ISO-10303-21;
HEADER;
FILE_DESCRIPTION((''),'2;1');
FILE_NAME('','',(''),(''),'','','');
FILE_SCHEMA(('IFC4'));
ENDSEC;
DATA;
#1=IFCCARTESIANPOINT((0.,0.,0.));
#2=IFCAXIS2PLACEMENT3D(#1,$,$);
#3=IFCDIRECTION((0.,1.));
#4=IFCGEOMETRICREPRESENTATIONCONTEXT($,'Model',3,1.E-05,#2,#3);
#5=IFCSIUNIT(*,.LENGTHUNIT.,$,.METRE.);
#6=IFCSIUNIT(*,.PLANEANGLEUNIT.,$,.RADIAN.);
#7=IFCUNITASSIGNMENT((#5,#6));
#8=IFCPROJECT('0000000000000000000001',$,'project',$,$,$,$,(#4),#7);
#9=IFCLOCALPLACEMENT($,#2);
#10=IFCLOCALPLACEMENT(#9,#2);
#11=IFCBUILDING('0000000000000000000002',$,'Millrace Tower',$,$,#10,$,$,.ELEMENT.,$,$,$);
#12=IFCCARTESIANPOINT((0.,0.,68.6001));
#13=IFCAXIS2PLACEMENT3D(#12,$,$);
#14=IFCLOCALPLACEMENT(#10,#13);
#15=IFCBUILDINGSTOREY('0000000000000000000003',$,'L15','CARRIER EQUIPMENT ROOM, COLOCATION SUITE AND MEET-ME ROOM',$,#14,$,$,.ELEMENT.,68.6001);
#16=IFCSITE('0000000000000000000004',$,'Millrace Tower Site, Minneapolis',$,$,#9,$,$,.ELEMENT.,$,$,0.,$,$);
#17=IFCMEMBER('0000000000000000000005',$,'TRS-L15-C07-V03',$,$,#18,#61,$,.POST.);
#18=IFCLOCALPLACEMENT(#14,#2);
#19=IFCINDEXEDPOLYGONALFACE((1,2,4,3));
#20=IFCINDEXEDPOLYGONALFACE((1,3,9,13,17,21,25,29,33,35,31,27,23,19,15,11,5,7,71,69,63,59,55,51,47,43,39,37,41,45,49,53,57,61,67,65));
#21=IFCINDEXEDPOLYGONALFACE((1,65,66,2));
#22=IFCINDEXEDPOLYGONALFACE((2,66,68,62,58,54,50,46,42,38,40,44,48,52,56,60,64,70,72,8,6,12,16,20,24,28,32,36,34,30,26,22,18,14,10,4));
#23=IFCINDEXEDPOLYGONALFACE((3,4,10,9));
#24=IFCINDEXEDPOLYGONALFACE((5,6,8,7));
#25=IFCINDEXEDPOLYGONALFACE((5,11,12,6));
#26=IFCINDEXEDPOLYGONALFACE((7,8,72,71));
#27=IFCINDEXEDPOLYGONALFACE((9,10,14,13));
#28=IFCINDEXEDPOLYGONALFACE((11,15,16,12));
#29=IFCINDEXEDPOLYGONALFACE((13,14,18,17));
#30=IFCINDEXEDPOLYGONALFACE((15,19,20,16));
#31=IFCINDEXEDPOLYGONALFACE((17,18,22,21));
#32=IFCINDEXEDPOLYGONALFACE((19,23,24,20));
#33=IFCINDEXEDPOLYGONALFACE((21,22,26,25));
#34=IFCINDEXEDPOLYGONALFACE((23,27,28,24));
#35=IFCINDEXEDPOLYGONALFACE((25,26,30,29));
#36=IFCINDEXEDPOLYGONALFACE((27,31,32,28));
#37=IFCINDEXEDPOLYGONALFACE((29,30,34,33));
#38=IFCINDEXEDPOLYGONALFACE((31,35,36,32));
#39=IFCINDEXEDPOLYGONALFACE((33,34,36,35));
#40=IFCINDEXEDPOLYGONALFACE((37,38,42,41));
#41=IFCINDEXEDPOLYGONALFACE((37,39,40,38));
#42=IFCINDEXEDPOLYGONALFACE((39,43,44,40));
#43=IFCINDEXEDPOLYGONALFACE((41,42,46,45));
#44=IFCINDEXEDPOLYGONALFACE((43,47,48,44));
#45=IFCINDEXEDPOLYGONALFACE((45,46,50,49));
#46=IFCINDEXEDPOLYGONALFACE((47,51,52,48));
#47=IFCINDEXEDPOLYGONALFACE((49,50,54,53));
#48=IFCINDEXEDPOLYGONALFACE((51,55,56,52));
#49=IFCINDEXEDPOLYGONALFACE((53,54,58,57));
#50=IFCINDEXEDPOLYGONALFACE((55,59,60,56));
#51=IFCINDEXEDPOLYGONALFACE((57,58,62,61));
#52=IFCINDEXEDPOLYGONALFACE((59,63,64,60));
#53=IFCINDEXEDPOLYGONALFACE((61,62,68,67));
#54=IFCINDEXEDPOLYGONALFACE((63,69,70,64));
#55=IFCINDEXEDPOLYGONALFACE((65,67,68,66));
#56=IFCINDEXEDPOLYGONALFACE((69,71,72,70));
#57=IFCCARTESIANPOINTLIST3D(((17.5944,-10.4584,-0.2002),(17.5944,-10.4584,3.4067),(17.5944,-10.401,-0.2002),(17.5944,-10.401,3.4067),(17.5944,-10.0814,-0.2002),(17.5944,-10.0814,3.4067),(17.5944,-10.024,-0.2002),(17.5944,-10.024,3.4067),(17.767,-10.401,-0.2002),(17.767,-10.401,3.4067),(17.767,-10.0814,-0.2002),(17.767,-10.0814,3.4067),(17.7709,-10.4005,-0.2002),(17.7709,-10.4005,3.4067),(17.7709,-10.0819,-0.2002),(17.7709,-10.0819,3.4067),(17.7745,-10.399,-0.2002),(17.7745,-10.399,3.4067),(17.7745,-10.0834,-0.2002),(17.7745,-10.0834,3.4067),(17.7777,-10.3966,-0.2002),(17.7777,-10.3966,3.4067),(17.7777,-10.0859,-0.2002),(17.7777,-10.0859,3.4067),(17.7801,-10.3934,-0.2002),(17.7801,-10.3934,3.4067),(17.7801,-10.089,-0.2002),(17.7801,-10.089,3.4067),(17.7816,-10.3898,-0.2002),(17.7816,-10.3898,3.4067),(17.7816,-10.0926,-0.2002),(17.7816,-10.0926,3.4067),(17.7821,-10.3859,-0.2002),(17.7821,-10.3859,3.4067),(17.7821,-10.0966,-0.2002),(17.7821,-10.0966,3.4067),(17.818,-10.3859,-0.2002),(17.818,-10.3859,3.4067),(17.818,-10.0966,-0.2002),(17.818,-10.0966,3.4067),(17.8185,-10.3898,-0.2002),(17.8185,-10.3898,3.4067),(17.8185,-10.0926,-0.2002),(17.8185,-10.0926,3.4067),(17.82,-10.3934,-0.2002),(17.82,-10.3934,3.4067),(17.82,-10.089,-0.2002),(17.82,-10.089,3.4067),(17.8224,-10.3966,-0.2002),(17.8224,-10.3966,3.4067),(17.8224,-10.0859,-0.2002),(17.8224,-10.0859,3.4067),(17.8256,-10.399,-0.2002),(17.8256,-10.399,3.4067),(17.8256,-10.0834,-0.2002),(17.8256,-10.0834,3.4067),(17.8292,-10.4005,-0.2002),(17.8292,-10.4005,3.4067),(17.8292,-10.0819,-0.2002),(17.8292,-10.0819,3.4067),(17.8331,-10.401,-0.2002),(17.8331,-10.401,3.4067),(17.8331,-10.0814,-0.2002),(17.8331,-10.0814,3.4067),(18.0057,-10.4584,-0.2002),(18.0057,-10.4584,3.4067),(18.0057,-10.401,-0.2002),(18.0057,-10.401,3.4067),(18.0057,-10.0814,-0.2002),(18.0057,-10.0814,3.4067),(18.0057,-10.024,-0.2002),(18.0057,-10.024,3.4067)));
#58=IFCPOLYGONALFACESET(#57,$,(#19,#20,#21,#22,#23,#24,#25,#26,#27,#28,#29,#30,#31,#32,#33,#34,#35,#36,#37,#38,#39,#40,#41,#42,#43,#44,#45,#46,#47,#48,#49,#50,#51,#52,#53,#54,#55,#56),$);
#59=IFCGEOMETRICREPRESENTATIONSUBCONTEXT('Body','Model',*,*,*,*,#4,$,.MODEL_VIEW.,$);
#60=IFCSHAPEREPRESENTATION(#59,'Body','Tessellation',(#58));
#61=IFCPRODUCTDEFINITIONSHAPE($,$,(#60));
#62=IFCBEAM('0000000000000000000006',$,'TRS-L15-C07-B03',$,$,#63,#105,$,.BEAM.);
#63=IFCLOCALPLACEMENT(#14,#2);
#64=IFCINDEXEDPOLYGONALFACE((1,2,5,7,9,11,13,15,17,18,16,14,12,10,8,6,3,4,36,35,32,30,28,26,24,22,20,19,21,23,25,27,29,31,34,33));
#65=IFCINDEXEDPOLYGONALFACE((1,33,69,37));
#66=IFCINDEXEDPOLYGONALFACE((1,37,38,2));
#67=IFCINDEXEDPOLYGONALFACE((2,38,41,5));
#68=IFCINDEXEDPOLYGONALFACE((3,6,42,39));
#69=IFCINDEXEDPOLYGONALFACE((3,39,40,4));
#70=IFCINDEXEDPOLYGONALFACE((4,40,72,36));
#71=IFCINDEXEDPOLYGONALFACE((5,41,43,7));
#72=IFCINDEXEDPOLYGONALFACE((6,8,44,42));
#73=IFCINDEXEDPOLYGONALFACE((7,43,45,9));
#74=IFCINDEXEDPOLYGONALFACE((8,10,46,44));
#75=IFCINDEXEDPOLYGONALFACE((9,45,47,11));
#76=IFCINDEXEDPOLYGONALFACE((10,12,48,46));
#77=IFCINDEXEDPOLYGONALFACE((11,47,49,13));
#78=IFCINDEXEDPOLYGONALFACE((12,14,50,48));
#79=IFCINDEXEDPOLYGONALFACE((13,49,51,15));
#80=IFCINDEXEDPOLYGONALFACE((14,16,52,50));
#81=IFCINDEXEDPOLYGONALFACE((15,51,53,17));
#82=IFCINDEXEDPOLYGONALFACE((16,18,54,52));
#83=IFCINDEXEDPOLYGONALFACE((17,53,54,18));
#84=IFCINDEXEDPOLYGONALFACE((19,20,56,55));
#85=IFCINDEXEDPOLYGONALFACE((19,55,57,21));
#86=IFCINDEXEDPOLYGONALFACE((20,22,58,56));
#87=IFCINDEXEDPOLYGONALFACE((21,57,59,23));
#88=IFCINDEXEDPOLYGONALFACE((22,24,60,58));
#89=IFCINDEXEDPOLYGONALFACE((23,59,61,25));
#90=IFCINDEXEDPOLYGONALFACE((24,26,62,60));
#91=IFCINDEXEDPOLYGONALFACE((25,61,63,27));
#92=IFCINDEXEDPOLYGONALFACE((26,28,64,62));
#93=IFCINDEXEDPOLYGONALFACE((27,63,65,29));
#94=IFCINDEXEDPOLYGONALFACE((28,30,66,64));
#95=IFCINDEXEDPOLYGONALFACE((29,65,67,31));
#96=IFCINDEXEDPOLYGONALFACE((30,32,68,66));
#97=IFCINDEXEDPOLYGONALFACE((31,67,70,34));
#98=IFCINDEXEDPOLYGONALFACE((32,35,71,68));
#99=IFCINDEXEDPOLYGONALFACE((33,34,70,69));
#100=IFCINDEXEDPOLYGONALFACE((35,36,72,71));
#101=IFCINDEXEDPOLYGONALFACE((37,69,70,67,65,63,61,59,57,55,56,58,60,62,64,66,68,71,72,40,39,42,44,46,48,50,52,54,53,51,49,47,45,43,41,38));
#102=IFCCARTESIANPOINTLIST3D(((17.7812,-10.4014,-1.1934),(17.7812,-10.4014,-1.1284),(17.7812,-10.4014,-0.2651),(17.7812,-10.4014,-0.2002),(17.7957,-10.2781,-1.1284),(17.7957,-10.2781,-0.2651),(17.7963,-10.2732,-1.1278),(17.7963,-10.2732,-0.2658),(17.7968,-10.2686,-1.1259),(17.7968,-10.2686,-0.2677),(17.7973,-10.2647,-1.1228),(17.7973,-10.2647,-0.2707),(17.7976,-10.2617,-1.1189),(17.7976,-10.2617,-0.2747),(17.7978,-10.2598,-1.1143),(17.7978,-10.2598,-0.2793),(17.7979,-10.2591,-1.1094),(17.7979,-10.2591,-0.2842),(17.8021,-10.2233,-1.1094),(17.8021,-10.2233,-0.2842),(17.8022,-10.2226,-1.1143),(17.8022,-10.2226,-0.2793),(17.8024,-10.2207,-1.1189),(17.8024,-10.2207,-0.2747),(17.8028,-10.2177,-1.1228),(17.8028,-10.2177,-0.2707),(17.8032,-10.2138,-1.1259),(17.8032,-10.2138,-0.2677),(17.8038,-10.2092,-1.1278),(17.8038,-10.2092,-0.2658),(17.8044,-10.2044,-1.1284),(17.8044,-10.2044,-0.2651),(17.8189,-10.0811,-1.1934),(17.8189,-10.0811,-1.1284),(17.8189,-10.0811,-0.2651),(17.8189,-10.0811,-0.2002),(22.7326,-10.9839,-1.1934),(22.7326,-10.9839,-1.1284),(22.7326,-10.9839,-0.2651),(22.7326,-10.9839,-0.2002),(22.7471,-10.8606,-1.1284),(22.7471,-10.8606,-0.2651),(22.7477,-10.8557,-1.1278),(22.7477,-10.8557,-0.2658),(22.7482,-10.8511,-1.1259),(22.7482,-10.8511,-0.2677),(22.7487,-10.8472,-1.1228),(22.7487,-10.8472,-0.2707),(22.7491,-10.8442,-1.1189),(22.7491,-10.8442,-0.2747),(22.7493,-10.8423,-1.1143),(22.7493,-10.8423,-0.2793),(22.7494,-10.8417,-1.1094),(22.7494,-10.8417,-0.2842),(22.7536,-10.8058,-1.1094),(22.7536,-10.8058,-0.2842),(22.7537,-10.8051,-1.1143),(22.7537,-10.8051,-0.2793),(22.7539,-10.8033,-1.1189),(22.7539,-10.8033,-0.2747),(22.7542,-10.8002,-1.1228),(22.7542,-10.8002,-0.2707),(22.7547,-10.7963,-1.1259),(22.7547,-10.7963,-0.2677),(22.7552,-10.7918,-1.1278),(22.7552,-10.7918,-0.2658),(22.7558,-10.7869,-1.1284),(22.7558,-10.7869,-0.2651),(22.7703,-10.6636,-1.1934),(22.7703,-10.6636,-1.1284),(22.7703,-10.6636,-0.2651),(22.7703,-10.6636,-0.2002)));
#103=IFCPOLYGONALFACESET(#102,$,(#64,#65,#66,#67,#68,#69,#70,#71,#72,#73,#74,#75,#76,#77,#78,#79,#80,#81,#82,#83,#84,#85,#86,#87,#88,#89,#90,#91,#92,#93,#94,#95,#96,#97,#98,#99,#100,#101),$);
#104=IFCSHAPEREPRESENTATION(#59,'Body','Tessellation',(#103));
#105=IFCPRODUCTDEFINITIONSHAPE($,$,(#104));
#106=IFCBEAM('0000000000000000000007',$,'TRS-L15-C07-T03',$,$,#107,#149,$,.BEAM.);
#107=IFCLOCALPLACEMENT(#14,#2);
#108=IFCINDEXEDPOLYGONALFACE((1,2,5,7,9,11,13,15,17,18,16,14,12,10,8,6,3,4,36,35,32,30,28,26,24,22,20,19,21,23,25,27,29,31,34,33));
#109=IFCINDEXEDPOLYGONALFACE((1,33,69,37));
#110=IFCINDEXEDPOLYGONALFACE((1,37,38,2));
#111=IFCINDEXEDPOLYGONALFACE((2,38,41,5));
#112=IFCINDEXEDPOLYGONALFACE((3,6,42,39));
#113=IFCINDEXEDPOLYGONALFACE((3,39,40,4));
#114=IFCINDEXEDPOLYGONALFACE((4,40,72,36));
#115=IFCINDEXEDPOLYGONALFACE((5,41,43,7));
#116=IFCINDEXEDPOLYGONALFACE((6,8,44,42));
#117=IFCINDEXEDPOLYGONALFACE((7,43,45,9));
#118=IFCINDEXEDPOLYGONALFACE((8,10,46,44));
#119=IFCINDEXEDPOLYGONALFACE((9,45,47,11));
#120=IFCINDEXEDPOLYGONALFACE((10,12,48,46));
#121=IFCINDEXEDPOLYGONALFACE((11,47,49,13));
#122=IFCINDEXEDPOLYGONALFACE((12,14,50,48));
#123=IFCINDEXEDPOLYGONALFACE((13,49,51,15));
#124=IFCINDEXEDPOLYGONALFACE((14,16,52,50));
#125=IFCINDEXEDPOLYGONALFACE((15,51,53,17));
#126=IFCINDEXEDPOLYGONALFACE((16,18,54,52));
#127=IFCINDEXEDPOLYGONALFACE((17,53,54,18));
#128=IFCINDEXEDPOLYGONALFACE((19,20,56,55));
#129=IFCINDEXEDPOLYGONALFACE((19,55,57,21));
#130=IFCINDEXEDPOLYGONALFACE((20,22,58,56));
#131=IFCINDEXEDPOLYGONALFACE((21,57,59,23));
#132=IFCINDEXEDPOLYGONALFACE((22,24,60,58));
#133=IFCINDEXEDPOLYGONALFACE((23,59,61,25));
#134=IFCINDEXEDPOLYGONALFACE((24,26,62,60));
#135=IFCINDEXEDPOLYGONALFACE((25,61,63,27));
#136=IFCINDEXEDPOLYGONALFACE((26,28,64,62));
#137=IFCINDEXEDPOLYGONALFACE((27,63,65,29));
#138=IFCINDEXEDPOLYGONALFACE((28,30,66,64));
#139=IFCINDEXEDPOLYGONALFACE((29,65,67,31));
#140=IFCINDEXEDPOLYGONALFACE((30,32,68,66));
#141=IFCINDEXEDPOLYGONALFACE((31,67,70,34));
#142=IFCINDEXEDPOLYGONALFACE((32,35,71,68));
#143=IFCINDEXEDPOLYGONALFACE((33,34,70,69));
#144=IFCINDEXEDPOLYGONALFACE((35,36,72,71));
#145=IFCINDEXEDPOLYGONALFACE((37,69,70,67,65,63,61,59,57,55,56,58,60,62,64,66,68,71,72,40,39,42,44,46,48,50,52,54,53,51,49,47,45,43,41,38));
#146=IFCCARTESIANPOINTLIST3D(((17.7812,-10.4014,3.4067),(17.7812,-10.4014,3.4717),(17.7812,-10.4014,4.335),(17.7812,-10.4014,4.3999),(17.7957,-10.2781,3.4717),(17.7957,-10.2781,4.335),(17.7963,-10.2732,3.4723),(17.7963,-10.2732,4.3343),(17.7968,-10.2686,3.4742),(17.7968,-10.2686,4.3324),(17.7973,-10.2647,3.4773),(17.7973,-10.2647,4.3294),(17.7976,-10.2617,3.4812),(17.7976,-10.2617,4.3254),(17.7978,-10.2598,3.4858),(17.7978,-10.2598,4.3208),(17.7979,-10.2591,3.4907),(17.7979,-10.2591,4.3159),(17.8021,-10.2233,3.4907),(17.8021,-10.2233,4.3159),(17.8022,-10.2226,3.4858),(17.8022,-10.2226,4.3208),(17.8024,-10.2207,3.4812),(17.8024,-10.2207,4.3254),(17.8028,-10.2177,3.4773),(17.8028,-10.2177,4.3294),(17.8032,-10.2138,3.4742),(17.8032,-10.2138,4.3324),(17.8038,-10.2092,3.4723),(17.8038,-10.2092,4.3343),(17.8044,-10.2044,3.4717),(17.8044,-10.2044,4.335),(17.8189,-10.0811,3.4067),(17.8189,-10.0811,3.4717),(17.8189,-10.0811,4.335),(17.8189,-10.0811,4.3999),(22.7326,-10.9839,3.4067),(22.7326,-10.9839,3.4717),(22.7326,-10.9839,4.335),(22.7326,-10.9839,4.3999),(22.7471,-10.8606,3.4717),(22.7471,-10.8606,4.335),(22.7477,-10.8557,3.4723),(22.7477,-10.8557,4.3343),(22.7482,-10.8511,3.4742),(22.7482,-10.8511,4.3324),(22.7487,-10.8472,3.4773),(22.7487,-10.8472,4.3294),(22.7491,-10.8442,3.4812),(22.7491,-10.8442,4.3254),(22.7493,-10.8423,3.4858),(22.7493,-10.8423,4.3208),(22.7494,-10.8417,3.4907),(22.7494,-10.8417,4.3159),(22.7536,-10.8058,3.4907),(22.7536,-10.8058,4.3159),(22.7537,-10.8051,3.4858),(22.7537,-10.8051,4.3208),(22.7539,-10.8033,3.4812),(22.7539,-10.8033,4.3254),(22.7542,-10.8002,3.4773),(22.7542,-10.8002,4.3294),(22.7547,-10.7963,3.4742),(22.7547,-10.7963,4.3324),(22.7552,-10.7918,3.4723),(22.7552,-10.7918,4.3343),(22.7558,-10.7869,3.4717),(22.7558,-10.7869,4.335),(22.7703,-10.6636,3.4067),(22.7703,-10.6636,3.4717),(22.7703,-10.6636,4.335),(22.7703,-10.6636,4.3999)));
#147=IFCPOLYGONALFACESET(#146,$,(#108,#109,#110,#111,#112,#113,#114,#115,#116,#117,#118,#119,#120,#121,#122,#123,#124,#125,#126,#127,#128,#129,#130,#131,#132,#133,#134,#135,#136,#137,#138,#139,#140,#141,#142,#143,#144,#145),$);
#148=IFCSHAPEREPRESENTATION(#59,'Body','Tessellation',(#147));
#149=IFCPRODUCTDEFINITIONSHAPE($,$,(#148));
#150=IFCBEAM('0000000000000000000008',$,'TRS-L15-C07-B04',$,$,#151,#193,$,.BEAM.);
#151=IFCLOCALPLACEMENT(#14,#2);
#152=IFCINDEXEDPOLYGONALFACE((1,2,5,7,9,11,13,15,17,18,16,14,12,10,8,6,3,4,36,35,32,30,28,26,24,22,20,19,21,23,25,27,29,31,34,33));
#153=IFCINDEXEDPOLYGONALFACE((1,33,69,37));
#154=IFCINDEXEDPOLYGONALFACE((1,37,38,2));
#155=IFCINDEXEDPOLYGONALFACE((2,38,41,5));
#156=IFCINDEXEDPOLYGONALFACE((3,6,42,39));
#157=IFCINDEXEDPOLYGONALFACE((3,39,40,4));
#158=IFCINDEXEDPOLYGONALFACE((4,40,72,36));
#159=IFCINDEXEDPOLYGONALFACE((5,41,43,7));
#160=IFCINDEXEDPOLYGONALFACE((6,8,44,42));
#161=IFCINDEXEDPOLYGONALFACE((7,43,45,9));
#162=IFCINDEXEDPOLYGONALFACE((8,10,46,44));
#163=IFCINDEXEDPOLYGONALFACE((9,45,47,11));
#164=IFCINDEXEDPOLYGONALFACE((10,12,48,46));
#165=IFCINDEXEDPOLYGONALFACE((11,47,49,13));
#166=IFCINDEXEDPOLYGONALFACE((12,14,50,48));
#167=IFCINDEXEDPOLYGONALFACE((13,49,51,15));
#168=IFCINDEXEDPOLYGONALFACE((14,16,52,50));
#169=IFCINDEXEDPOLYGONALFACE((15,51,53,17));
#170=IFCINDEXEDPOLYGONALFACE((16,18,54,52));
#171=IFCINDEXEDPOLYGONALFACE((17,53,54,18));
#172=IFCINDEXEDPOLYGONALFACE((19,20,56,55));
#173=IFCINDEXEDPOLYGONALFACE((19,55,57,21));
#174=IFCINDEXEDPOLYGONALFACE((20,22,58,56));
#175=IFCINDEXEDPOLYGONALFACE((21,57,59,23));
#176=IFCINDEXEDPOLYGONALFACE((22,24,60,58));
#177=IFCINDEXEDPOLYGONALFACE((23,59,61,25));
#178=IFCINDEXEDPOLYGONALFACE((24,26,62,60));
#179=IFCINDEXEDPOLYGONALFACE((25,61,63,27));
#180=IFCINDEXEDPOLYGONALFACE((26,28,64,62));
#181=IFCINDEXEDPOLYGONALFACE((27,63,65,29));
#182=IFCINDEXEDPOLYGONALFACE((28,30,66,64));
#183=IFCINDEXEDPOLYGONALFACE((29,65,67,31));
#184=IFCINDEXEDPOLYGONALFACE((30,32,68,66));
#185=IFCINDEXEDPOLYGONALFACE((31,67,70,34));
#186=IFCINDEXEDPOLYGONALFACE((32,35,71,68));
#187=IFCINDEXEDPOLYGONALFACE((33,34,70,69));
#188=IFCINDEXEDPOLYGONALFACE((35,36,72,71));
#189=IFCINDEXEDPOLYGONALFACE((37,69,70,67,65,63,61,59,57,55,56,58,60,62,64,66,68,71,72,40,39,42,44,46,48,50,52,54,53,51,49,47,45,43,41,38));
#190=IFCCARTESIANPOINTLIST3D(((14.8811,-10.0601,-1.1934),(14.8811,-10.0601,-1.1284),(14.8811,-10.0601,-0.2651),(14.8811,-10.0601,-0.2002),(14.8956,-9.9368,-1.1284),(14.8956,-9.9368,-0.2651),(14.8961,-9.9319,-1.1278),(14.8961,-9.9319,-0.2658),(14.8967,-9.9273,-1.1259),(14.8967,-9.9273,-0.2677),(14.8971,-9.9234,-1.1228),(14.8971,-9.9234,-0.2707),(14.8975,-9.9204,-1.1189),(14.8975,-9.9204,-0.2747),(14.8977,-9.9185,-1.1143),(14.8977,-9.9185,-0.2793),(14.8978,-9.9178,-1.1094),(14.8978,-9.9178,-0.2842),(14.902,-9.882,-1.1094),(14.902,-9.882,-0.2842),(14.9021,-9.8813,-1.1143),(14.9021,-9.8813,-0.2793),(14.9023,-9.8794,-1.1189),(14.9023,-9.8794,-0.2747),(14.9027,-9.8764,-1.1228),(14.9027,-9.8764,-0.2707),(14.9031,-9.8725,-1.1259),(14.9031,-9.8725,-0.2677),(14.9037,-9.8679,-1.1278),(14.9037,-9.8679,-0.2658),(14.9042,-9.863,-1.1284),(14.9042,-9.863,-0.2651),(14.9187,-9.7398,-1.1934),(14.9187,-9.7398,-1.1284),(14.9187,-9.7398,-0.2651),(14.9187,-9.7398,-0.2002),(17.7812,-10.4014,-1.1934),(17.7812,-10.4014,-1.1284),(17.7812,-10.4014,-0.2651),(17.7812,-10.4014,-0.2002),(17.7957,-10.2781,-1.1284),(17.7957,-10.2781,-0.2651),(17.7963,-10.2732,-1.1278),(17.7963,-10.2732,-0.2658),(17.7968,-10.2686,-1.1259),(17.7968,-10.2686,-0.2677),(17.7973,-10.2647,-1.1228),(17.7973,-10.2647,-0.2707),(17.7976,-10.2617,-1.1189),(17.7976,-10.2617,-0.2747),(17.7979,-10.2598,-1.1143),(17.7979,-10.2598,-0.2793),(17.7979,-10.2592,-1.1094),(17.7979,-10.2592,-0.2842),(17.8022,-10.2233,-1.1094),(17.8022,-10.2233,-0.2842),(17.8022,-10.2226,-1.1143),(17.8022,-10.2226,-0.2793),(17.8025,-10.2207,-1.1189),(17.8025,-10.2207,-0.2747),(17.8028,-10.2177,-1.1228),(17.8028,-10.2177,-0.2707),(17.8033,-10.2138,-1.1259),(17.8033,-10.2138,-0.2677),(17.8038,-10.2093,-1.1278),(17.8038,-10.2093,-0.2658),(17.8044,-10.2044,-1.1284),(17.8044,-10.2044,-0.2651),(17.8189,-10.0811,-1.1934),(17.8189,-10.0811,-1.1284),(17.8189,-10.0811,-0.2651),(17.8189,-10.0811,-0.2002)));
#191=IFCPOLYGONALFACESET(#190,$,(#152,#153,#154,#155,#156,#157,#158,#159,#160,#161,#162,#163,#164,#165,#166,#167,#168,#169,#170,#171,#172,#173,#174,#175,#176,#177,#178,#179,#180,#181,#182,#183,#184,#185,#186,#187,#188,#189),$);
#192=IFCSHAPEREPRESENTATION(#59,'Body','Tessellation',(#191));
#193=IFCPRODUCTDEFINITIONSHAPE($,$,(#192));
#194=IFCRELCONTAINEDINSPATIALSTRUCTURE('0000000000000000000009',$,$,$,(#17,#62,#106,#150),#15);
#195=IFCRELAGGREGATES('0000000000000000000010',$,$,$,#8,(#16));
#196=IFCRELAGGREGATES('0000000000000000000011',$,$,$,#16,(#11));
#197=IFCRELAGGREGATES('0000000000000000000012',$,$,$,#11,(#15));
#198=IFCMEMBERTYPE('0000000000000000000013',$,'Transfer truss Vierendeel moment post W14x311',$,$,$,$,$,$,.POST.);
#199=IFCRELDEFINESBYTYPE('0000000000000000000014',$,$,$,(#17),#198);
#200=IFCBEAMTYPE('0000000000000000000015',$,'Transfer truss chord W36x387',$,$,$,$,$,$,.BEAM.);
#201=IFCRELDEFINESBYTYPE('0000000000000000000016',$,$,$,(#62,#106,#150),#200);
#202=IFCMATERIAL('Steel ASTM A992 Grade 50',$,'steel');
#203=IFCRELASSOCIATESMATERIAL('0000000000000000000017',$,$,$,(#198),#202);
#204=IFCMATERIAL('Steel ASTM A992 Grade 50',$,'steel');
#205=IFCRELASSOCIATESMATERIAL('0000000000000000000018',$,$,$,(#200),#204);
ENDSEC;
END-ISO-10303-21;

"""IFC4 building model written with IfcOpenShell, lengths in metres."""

from ifc_helpers import new_model, si_unit, direction, frame, origin, origin_2d, place, context, subcontext, project, spatial, i_section, extrude, material, material_profile, profile_set, type_object, element, save


model = new_model("IFC4")

# Units and contexts
model_context = context("Model", 3, precision=1e-05, world=origin(), true_north=direction((0.0, 1.0)))
body_context = subcontext(model_context, "Body", "Model", "MODEL_VIEW")
ifc_project = project(units=[si_unit("LENGTHUNIT", "METRE"), si_unit("PLANEANGLEUNIT", "RADIAN")], contexts=[model_context])

# Site, building, storey
site_placement = place(None, origin())
site = spatial("IfcSite", under=ifc_project, at=site_placement, Name="Millrace Tower Site, Minneapolis", CompositionType="ELEMENT", RefElevation=0.0)
building_placement = place(site_placement, origin())
building = spatial("IfcBuilding", under=site, at=building_placement, Name="Millrace Tower", CompositionType="ELEMENT")
storey_placement = place(building_placement, frame((0.0, 0.0, 68.6001)))
storey = spatial("IfcBuildingStorey", under=building, at=storey_placement, Name="L15", Description="CARRIER EQUIPMENT ROOM, COLOCATION SUITE AND MEET-ME ROOM", CompositionType="ELEMENT", Elevation=68.6001)

# Member
ifc_material_1 = material(Name="Steel ASTM A992 Grade 50", Category="steel")
ifc_material_profile_1 = material_profile(ifc_material_1, i_section(OverallWidth=0.4114, OverallDepth=0.4343, WebThickness=0.0359, FlangeThickness=0.0574, FilletRadius=0.0151, at=origin_2d()))
ifc_profile_set_1 = profile_set([ifc_material_profile_1], Name="Steel ASTM A992 Grade 50")
member_type = type_object("IfcMemberType", Name="Transfer truss Vierendeel moment post W14x311", PredefinedType="POST", material=ifc_profile_set_1)
member_placement = place(storey_placement, frame((17.8, -10.2412, -0.2002), z_axis=(0.0, 0.0, 1.0), x_axis=(1.0, 0.0, 0.0)))
element("IfcMember", 1, at=member_placement, inside=storey, type_object=member_type, Name="TRS-L15-C07-V03", PredefinedType="POST", context=body_context, shape_type="SweptSolid", body=[
    extrude(i_section(OverallWidth=0.4114, OverallDepth=0.4343, WebThickness=0.0359, FlangeThickness=0.0574, FilletRadius=0.0151, at=origin_2d()), origin(), (0.0, 0.0, 1.0), 3.6069),
])

# Beams
ifc_material_2 = material(Name="Steel ASTM A992 Grade 50", Category="steel")
ifc_material_profile_2 = material_profile(ifc_material_2, i_section(OverallWidth=0.3225, OverallDepth=0.9932, WebThickness=0.0361, FlangeThickness=0.0649, FilletRadius=0.019, at=origin_2d()))
ifc_profile_set_2 = profile_set([ifc_material_profile_2], Name="Steel ASTM A992 Grade 50")
beam_type_1 = type_object("IfcBeamType", Name="Transfer truss chord W36x387", PredefinedType="BEAM", material=ifc_profile_set_2)
for number, where, z_axis, x_axis, name in (
    (2, (22.7515, -10.8237, -0.6968), (-0.993151, 0.116841, 0.0), (-0.116841, -0.993151, 0.0), "TRS-L15-C07-B03"),
    (3, (22.7515, -10.8237, 3.9033), (-0.993151, 0.116841, 0.0), (-0.116841, -0.993151, 0.0), "TRS-L15-C07-T03"),
):
    element("IfcBeam", number, at=place(storey_placement, frame(where, z_axis=z_axis, x_axis=x_axis)), inside=storey, type_object=beam_type_1, Name=name, PredefinedType="BEAM", context=body_context, shape_type="SweptSolid", body=[
        extrude(i_section(OverallWidth=0.3225, OverallDepth=0.9932, WebThickness=0.0361, FlangeThickness=0.0649, FilletRadius=0.019, at=origin_2d()), origin(), (0.0, 0.0, 1.0), 4.9856),
    ])
for number, where, z_axis, x_axis, name in (
    (4, (17.8, -10.2412, -0.6968), (-0.993146, 0.11688, 0.0), (-0.11688, -0.993146, 0.0), "TRS-L15-C07-B04"),
):
    element("IfcBeam", number, at=place(storey_placement, frame(where, z_axis=z_axis, x_axis=x_axis)), inside=storey, type_object=beam_type_1, Name=name, PredefinedType="BEAM", context=body_context, shape_type="SweptSolid", body=[
        extrude(i_section(OverallWidth=0.3225, OverallDepth=0.9932, WebThickness=0.0361, FlangeThickness=0.0649, FilletRadius=0.019, at=origin_2d()), origin(), (0.0, 0.0, 1.0), 2.9202),
    ])

save(model, "model.ifc")
